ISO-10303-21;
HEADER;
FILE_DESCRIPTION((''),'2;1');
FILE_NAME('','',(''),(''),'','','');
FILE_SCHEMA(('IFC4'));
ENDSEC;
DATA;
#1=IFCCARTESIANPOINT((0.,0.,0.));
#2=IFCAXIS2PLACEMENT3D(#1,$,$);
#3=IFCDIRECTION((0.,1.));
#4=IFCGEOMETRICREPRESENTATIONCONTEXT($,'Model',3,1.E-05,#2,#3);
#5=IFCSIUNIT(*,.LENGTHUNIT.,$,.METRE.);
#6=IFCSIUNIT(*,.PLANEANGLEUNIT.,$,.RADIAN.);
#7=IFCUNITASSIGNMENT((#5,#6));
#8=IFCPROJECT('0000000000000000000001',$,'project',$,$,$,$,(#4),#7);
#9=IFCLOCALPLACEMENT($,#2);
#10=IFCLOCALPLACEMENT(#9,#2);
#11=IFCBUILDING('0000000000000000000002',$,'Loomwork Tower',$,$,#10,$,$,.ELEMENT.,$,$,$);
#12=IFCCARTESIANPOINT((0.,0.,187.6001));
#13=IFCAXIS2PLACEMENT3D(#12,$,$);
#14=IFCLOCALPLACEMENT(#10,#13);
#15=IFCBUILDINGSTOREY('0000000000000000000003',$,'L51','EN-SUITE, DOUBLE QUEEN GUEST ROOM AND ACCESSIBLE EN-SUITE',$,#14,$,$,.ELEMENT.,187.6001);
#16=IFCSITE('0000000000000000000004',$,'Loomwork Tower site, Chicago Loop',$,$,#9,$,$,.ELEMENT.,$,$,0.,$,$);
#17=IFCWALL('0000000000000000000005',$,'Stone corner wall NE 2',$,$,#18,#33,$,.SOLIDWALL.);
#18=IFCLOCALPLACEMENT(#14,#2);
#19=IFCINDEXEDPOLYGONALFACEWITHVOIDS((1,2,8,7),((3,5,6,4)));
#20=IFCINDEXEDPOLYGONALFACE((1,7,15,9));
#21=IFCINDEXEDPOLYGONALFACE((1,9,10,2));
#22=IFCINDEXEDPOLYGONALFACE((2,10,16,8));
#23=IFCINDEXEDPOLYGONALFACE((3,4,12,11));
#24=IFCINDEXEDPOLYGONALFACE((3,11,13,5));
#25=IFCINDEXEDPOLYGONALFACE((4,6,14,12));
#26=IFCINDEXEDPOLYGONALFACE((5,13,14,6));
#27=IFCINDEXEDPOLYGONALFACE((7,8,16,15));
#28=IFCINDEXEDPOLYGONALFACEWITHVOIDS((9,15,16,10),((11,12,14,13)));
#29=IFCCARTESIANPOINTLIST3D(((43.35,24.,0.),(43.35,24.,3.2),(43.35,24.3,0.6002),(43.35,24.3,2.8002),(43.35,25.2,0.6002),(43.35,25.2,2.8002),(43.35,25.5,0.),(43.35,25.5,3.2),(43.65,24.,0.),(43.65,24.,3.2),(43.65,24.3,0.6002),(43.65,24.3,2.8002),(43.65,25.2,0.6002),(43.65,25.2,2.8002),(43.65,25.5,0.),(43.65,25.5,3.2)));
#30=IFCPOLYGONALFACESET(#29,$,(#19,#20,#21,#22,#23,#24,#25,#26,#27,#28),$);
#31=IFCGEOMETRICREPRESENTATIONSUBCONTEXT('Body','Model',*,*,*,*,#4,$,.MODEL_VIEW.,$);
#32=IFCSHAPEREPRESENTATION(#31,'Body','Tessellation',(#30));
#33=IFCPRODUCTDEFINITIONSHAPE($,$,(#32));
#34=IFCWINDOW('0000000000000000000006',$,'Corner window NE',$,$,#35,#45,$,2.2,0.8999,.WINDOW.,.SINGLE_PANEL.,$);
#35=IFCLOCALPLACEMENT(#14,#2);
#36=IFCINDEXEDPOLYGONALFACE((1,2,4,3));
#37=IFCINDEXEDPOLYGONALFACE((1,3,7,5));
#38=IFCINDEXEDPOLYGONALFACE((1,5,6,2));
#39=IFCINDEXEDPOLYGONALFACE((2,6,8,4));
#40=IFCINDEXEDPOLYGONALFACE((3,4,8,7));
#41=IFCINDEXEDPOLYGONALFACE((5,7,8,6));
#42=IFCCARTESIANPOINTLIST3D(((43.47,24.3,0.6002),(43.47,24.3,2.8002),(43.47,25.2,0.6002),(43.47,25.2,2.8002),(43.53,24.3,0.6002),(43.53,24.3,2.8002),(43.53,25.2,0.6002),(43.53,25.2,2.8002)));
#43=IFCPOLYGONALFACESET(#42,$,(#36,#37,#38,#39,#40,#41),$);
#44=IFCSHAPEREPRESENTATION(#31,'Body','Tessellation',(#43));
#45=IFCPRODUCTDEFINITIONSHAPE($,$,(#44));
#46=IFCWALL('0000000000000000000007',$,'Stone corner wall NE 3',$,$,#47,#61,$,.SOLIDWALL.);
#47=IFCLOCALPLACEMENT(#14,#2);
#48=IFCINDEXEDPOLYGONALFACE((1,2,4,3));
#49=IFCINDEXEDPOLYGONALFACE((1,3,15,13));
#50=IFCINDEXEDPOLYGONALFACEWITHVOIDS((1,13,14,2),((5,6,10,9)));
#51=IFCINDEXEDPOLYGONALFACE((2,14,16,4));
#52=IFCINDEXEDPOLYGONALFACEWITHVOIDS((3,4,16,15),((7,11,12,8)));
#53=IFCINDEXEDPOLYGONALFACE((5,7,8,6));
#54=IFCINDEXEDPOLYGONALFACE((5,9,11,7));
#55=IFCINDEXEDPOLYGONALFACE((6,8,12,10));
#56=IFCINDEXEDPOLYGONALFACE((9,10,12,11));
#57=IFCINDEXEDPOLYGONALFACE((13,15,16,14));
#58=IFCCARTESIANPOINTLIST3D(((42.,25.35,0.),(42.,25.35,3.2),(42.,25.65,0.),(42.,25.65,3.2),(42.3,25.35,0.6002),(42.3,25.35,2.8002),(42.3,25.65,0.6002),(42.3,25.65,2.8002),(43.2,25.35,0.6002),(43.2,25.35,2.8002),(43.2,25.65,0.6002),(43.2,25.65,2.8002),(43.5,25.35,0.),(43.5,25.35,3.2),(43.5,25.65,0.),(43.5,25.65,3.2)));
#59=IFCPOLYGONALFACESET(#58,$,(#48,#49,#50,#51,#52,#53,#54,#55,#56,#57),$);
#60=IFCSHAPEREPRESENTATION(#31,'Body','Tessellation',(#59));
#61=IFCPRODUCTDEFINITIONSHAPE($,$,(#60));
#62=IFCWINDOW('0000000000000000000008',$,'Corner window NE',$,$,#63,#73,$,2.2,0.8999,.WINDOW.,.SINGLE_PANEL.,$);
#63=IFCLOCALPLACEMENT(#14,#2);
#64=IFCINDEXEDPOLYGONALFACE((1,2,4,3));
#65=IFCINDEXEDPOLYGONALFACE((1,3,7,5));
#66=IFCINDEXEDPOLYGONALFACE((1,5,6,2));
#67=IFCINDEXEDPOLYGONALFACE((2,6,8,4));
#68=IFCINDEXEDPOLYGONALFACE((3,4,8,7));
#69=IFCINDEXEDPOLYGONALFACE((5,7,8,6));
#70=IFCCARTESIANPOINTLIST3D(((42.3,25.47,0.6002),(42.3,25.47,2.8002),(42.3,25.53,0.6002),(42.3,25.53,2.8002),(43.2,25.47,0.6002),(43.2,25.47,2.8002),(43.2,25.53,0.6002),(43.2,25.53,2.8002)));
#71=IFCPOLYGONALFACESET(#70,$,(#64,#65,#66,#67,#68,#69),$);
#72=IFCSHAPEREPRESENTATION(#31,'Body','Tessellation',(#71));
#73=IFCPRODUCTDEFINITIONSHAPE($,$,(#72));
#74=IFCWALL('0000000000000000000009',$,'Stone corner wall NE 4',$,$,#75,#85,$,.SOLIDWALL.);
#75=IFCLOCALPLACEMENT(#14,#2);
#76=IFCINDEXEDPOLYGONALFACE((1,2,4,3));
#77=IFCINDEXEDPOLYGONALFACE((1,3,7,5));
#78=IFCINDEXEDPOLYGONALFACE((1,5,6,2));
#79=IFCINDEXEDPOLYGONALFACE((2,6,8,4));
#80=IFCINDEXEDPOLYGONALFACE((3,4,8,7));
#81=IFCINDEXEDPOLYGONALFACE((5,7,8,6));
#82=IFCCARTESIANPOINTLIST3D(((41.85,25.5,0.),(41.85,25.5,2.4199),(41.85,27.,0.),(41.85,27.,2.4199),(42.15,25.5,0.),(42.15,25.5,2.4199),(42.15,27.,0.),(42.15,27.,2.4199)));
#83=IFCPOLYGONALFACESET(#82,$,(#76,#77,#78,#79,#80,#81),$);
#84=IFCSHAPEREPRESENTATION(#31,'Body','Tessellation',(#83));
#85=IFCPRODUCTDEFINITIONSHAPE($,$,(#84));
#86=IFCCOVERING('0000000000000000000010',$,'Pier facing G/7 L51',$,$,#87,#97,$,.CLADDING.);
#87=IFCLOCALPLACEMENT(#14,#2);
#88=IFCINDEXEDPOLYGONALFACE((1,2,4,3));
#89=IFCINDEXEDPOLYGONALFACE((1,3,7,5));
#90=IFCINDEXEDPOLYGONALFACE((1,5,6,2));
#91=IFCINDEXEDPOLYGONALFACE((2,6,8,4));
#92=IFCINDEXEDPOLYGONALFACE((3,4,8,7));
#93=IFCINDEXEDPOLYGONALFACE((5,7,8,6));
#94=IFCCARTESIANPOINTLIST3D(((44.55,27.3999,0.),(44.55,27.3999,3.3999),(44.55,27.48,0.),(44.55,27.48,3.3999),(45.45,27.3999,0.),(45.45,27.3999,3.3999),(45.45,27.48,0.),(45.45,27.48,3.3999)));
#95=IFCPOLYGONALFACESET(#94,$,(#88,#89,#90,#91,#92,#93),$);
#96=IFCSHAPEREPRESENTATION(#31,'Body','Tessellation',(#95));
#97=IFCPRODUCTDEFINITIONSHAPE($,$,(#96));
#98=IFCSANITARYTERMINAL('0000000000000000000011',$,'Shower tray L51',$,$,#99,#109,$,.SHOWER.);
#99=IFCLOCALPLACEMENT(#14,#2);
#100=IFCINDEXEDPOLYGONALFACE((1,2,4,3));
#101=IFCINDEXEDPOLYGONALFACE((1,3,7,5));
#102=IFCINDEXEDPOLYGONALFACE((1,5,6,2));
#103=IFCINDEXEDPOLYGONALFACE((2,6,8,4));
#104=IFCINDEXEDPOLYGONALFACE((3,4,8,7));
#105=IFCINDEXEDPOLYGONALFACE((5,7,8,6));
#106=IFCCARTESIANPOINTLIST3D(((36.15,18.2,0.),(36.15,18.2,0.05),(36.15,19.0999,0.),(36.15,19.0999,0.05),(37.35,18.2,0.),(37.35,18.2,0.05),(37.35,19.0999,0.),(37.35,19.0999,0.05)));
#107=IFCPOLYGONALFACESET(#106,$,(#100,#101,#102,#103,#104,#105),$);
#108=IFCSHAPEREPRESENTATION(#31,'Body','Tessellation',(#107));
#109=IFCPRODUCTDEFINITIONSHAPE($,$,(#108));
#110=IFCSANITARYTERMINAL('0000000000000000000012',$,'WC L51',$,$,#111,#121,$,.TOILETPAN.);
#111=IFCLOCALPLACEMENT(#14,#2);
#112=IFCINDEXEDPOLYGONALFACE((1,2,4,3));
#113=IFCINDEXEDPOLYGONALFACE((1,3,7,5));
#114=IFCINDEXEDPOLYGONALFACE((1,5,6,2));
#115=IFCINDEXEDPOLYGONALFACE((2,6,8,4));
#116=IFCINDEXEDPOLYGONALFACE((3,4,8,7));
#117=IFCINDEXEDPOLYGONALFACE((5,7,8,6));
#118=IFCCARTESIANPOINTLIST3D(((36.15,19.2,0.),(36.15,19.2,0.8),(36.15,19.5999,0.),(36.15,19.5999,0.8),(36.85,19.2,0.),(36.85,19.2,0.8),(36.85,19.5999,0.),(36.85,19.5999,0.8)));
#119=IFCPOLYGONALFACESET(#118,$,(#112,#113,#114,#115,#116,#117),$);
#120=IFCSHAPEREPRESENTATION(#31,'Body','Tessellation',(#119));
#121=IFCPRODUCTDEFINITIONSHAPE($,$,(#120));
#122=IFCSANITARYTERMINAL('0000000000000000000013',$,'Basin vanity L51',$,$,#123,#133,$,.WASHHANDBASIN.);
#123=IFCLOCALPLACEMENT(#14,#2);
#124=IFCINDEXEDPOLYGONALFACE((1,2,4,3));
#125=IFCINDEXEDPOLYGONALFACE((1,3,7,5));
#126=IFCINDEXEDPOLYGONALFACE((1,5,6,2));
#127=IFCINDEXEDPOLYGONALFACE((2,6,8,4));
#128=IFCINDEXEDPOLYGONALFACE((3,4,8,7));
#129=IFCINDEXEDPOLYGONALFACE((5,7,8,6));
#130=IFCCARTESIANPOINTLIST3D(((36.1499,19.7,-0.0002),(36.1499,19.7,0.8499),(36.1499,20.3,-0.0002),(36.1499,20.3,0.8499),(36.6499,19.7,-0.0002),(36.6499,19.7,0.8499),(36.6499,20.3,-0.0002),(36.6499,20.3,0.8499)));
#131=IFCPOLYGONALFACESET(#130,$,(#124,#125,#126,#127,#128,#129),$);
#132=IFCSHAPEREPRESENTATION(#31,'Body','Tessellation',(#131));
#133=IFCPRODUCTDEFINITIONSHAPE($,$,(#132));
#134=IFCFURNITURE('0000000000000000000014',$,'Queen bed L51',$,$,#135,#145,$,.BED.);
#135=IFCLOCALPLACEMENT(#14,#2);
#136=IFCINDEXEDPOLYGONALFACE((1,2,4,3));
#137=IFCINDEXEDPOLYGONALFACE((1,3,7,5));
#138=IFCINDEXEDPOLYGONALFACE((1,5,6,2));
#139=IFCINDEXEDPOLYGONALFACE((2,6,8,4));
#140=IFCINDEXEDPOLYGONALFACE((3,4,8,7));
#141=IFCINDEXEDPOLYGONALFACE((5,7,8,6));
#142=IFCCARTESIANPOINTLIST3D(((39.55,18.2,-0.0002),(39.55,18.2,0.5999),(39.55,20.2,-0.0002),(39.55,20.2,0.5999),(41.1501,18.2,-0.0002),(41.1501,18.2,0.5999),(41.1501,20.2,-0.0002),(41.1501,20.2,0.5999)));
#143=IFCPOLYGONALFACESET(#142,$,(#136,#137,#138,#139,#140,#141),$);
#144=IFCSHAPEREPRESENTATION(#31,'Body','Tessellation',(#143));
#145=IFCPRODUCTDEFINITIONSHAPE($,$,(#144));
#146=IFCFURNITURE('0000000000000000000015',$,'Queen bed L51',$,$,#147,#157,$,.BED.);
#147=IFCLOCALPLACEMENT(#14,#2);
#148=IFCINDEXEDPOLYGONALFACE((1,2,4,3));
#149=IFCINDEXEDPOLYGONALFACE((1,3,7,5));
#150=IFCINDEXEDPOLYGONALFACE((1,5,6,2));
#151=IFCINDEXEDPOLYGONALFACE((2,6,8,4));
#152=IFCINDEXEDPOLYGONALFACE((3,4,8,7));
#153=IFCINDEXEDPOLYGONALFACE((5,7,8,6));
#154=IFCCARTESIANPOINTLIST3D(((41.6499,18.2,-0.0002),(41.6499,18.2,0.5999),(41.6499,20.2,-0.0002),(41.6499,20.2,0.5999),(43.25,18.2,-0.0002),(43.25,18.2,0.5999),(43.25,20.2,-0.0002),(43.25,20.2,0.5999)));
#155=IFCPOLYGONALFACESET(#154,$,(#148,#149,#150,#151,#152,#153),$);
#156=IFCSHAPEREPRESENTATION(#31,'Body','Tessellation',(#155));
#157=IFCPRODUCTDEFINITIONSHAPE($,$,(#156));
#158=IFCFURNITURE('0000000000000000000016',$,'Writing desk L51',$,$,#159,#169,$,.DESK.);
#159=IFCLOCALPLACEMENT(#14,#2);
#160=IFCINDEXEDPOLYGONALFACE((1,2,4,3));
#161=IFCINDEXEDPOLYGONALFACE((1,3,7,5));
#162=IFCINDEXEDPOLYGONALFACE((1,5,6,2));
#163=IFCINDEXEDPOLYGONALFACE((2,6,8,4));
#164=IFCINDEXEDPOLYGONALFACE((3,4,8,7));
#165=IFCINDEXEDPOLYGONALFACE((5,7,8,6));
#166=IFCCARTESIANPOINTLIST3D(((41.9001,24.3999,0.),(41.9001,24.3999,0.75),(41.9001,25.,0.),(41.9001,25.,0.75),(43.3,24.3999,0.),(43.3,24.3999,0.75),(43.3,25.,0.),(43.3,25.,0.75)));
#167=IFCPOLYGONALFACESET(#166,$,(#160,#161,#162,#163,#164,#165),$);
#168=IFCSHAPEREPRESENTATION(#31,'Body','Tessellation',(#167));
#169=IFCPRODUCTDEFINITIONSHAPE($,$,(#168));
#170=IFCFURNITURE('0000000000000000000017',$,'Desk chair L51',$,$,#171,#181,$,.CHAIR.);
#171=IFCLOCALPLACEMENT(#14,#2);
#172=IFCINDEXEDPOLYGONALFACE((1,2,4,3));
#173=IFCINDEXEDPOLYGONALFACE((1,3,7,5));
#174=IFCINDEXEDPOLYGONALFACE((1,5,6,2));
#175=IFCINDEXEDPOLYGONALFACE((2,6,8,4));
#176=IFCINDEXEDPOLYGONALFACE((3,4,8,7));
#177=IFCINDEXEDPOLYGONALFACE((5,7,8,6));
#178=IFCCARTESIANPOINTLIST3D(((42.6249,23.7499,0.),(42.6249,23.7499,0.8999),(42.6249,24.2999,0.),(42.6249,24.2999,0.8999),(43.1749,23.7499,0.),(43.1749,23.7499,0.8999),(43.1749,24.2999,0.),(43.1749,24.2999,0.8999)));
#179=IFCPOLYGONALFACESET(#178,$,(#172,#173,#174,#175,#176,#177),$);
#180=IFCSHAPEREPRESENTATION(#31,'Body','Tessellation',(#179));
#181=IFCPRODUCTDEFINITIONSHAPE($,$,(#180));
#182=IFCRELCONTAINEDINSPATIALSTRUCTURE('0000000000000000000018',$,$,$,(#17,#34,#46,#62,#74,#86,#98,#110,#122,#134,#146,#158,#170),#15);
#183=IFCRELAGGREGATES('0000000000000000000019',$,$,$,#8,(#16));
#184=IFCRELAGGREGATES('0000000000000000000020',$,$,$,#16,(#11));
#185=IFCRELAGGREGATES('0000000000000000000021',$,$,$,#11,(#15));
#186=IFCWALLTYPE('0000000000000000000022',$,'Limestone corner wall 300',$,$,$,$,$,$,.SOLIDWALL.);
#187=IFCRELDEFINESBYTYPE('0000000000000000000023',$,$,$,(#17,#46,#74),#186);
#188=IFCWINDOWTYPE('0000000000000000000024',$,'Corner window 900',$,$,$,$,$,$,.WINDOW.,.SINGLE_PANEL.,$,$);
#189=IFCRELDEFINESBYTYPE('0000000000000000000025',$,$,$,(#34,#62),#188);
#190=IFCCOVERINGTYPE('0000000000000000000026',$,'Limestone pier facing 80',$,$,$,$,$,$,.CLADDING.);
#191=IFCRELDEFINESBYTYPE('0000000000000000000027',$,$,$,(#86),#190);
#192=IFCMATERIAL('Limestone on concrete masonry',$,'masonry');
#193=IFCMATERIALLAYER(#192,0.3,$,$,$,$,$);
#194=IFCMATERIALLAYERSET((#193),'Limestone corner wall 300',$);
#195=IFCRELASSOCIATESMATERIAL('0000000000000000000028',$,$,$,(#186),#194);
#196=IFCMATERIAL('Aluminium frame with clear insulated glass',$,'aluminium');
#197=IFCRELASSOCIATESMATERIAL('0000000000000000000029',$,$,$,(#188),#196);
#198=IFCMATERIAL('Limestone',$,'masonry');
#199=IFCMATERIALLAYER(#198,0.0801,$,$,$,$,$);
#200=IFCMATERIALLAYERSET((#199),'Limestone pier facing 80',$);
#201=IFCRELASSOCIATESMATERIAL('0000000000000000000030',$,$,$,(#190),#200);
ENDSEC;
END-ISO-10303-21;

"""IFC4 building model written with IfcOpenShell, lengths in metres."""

from ifc_helpers import new_model, si_unit, direction, frame, frame_2d, origin, origin_2d, place, context, subcontext, project, spatial, rectangle, extrude, material, layer, layer_set, type_object, element, fill, save


model = new_model("IFC4")

# Units and contexts
model_context = context("Model", 3, precision=1e-05, world=origin(), true_north=direction((0.0, 1.0)))
body_context = subcontext(model_context, "Body", "Model", "MODEL_VIEW")
ifc_project = project(units=[si_unit("LENGTHUNIT", "METRE"), si_unit("PLANEANGLEUNIT", "RADIAN")], contexts=[model_context])

# Site, building, storey
site_placement = place(None, origin())
site = spatial("IfcSite", under=ifc_project, at=site_placement, Name="Loomwork Tower site, Chicago Loop", CompositionType="ELEMENT", RefElevation=0.0)
building_placement = place(site_placement, origin())
building = spatial("IfcBuilding", under=site, at=building_placement, Name="Loomwork Tower", CompositionType="ELEMENT")
storey_placement = place(building_placement, frame((0.0, 0.0, 187.6001)))
storey = spatial("IfcBuildingStorey", under=building, at=storey_placement, Name="L51", Description="EN-SUITE, DOUBLE QUEEN GUEST ROOM AND ACCESSIBLE EN-SUITE", CompositionType="ELEMENT", Elevation=187.6001)

# Shared definitions
ifc_material_1 = material(Name="Limestone on concrete masonry", Category="masonry")
ifc_layer_1 = layer(ifc_material_1, 0.3)
ifc_layer_set_1 = layer_set([ifc_layer_1], Name="Limestone corner wall 300")
wall_type = type_object("IfcWallType", Name="Limestone corner wall 300", PredefinedType="SOLIDWALL", material=ifc_layer_set_1)

# Walls, openings, windows
wall_1_placement = place(storey_placement, frame((43.5, 24.0, 0.0), z_axis=(0.0, 0.0, 1.0), x_axis=(0.0, 1.0, 0.0)))
wall_1 = element("IfcWall", 1, at=wall_1_placement, inside=storey, type_object=wall_type, Name="Stone corner wall NE 2", PredefinedType="SOLIDWALL", context=body_context, shape_type="SweptSolid", body=[
    extrude(rectangle(XDim=1.5, YDim=0.3, at=frame_2d((0.75, 0.0))), origin(), (0.0, 0.0, 1.0), 3.2),
])
opening_1_placement = place(wall_1_placement, frame((0.3, 0.0, 0.6001)))
opening_1 = element("IfcOpeningElement", 2, at=opening_1_placement, cuts=wall_1, PredefinedType="OPENING", context=body_context, shape_type="SweptSolid", body=[
    extrude(rectangle(XDim=0.8999, YDim=2.2, at=frame_2d((0.45, 1.1001))), frame((0.0, 0.1599, 0.0), z_axis=(0.0, -1.0, 0.0), x_axis=(1.0, 0.0, 0.0)), (0.0, 0.0, 1.0), 0.3201),
])
ifc_material_2 = material(Name="Aluminium frame with clear insulated glass", Category="aluminium")
window_type = type_object("IfcWindowType", Name="Corner window 900", PartitioningType="SINGLE_PANEL", PredefinedType="WINDOW", material=ifc_material_2)
window_1_placement = place(opening_1_placement, origin())
window_1 = element("IfcWindow", 3, at=window_1_placement, inside=storey, type_object=window_type, Name="Corner window NE", OverallHeight=2.2, OverallWidth=0.8999, PartitioningType="SINGLE_PANEL", PredefinedType="WINDOW", context=body_context, shape_type="SweptSolid", body=[
    extrude(rectangle(XDim=0.8999, YDim=2.2, at=frame_2d((0.45, 1.1001))), frame((0.0, 0.03, 0.0), z_axis=(0.0, -1.0, 0.0), x_axis=(1.0, 0.0, 0.0)), (0.0, 0.0, 1.0), 0.0601),
])
fill(opening_1, window_1)
wall_2_placement = place(storey_placement, frame((43.5, 25.5, 0.0), z_axis=(0.0, 0.0, 1.0), x_axis=(-1.0, 0.0, 0.0)))
wall_2 = element("IfcWall", 4, at=wall_2_placement, inside=storey, type_object=wall_type, Name="Stone corner wall NE 3", PredefinedType="SOLIDWALL", context=body_context, shape_type="SweptSolid", body=[
    extrude(rectangle(XDim=1.5, YDim=0.3, at=frame_2d((0.75, 0.0))), origin(), (0.0, 0.0, 1.0), 3.2),
])
opening_2_placement = place(wall_2_placement, frame((0.3, 0.0, 0.6001)))
opening_2 = element("IfcOpeningElement", 5, at=opening_2_placement, cuts=wall_2, PredefinedType="OPENING", context=body_context, shape_type="SweptSolid", body=[
    extrude(rectangle(XDim=0.8999, YDim=2.2, at=frame_2d((0.45, 1.1001))), frame((0.0, 0.1599, 0.0), z_axis=(0.0, -1.0, 0.0), x_axis=(1.0, 0.0, 0.0)), (0.0, 0.0, 1.0), 0.3201),
])
window_2_placement = place(opening_2_placement, origin())
window_2 = element("IfcWindow", 6, at=window_2_placement, inside=storey, type_object=window_type, Name="Corner window NE", OverallHeight=2.2, OverallWidth=0.8999, PartitioningType="SINGLE_PANEL", PredefinedType="WINDOW", context=body_context, shape_type="SweptSolid", body=[
    extrude(rectangle(XDim=0.8999, YDim=2.2, at=frame_2d((0.45, 1.1001))), frame((0.0, 0.03, 0.0), z_axis=(0.0, -1.0, 0.0), x_axis=(1.0, 0.0, 0.0)), (0.0, 0.0, 1.0), 0.0601),
])
fill(opening_2, window_2)

# Wall
wall_3_placement = place(storey_placement, frame((42.0, 25.5, 0.0), z_axis=(0.0, 0.0, 1.0), x_axis=(0.0, 1.0, 0.0)))
element("IfcWall", 7, at=wall_3_placement, inside=storey, type_object=wall_type, Name="Stone corner wall NE 4", PredefinedType="SOLIDWALL", context=body_context, shape_type="SweptSolid", body=[
    extrude(rectangle(XDim=1.5, YDim=0.3, at=frame_2d((0.75, 0.0))), origin(), (0.0, 0.0, 1.0), 2.4199),
])

# Covering
ifc_material_3 = material(Name="Limestone", Category="masonry")
ifc_layer_2 = layer(ifc_material_3, 0.0801)
ifc_layer_set_2 = layer_set([ifc_layer_2], Name="Limestone pier facing 80")
covering_type = type_object("IfcCoveringType", Name="Limestone pier facing 80", PredefinedType="CLADDING", material=ifc_layer_set_2)
covering_placement = place(storey_placement, frame((45.0, 27.4399, 0.0), z_axis=(0.0, 0.0, 1.0), x_axis=(1.0, 0.0, 0.0)))
element("IfcCovering", 8, at=covering_placement, inside=storey, type_object=covering_type, Name="Pier facing G/7 L51", PredefinedType="CLADDING", context=body_context, shape_type="SweptSolid", body=[
    extrude(rectangle(XDim=0.8999, YDim=0.0801, at=origin_2d()), origin(), (0.0, 0.0, 1.0), 3.3999),
])

# Sanitary terminals
sanitary_terminal_1_placement = place(storey_placement, frame((36.75, 18.6499, 0.0), z_axis=(0.0, 0.0, 1.0), x_axis=(1.0, 0.0, 0.0)))
element("IfcSanitaryTerminal", 9, at=sanitary_terminal_1_placement, inside=storey, Name="Shower tray L51", PredefinedType="SHOWER", context=body_context, shape_type="SweptSolid", body=[
    extrude(rectangle(XDim=1.2, YDim=0.8999, at=origin_2d()), origin(), (0.0, 0.0, 1.0), 0.05),
])
sanitary_terminal_2_placement = place(storey_placement, frame((36.5, 19.3999, 0.0), z_axis=(0.0, 0.0, 1.0), x_axis=(1.0, 0.0, 0.0)))
element("IfcSanitaryTerminal", 10, at=sanitary_terminal_2_placement, inside=storey, Name="WC L51", PredefinedType="TOILETPAN", context=body_context, shape_type="SweptSolid", body=[
    extrude(rectangle(XDim=0.7, YDim=0.3999, at=origin_2d()), origin(), (0.0, 0.0, 1.0), 0.8),
])
sanitary_terminal_3_placement = place(storey_placement, frame((36.3999, 20.0, -0.0002), z_axis=(0.0, 0.0, 1.0), x_axis=(1.0, 0.0, 0.0)))
element("IfcSanitaryTerminal", 11, at=sanitary_terminal_3_placement, inside=storey, Name="Basin vanity L51", PredefinedType="WASHHANDBASIN", context=body_context, shape_type="SweptSolid", body=[
    extrude(rectangle(XDim=0.5, YDim=0.6001, at=origin_2d()), origin(), (0.0, 0.0, 1.0), 0.8501),
])

# Furniture
for number, where, z_axis, x_axis, name in (
    (12, (40.3501, 19.2, -0.0002), (0.0, 0.0, 1.0), (1.0, 0.0, 0.0), "Queen bed L51"),
    (13, (42.45, 19.2, -0.0002), (0.0, 0.0, 1.0), (1.0, 0.0, 0.0), "Queen bed L51"),
):
    element("IfcFurniture", number, at=place(storey_placement, frame(where, z_axis=z_axis, x_axis=x_axis)), inside=storey, Name=name, PredefinedType="BED", context=body_context, shape_type="SweptSolid", body=[
        extrude(rectangle(XDim=1.6001, YDim=2.0, at=origin_2d()), origin(), (0.0, 0.0, 1.0), 0.6001),
    ])
furniture_1_placement = place(storey_placement, frame((42.6001, 24.7, 0.0), z_axis=(0.0, 0.0, 1.0), x_axis=(1.0, 0.0, 0.0)))
element("IfcFurniture", 14, at=furniture_1_placement, inside=storey, Name="Writing desk L51", PredefinedType="DESK", context=body_context, shape_type="SweptSolid", body=[
    extrude(rectangle(XDim=1.3999, YDim=0.6001, at=origin_2d()), origin(), (0.0, 0.0, 1.0), 0.75),
])
furniture_2_placement = place(storey_placement, frame((42.8999, 24.0249, 0.0), z_axis=(0.0, 0.0, 1.0), x_axis=(1.0, 0.0, 0.0)))
element("IfcFurniture", 15, at=furniture_2_placement, inside=storey, Name="Desk chair L51", PredefinedType="CHAIR", context=body_context, shape_type="SweptSolid", body=[
    extrude(rectangle(XDim=0.55, YDim=0.55, at=origin_2d()), origin(), (0.0, 0.0, 1.0), 0.8999),
])

save(model, "model.ifc")
